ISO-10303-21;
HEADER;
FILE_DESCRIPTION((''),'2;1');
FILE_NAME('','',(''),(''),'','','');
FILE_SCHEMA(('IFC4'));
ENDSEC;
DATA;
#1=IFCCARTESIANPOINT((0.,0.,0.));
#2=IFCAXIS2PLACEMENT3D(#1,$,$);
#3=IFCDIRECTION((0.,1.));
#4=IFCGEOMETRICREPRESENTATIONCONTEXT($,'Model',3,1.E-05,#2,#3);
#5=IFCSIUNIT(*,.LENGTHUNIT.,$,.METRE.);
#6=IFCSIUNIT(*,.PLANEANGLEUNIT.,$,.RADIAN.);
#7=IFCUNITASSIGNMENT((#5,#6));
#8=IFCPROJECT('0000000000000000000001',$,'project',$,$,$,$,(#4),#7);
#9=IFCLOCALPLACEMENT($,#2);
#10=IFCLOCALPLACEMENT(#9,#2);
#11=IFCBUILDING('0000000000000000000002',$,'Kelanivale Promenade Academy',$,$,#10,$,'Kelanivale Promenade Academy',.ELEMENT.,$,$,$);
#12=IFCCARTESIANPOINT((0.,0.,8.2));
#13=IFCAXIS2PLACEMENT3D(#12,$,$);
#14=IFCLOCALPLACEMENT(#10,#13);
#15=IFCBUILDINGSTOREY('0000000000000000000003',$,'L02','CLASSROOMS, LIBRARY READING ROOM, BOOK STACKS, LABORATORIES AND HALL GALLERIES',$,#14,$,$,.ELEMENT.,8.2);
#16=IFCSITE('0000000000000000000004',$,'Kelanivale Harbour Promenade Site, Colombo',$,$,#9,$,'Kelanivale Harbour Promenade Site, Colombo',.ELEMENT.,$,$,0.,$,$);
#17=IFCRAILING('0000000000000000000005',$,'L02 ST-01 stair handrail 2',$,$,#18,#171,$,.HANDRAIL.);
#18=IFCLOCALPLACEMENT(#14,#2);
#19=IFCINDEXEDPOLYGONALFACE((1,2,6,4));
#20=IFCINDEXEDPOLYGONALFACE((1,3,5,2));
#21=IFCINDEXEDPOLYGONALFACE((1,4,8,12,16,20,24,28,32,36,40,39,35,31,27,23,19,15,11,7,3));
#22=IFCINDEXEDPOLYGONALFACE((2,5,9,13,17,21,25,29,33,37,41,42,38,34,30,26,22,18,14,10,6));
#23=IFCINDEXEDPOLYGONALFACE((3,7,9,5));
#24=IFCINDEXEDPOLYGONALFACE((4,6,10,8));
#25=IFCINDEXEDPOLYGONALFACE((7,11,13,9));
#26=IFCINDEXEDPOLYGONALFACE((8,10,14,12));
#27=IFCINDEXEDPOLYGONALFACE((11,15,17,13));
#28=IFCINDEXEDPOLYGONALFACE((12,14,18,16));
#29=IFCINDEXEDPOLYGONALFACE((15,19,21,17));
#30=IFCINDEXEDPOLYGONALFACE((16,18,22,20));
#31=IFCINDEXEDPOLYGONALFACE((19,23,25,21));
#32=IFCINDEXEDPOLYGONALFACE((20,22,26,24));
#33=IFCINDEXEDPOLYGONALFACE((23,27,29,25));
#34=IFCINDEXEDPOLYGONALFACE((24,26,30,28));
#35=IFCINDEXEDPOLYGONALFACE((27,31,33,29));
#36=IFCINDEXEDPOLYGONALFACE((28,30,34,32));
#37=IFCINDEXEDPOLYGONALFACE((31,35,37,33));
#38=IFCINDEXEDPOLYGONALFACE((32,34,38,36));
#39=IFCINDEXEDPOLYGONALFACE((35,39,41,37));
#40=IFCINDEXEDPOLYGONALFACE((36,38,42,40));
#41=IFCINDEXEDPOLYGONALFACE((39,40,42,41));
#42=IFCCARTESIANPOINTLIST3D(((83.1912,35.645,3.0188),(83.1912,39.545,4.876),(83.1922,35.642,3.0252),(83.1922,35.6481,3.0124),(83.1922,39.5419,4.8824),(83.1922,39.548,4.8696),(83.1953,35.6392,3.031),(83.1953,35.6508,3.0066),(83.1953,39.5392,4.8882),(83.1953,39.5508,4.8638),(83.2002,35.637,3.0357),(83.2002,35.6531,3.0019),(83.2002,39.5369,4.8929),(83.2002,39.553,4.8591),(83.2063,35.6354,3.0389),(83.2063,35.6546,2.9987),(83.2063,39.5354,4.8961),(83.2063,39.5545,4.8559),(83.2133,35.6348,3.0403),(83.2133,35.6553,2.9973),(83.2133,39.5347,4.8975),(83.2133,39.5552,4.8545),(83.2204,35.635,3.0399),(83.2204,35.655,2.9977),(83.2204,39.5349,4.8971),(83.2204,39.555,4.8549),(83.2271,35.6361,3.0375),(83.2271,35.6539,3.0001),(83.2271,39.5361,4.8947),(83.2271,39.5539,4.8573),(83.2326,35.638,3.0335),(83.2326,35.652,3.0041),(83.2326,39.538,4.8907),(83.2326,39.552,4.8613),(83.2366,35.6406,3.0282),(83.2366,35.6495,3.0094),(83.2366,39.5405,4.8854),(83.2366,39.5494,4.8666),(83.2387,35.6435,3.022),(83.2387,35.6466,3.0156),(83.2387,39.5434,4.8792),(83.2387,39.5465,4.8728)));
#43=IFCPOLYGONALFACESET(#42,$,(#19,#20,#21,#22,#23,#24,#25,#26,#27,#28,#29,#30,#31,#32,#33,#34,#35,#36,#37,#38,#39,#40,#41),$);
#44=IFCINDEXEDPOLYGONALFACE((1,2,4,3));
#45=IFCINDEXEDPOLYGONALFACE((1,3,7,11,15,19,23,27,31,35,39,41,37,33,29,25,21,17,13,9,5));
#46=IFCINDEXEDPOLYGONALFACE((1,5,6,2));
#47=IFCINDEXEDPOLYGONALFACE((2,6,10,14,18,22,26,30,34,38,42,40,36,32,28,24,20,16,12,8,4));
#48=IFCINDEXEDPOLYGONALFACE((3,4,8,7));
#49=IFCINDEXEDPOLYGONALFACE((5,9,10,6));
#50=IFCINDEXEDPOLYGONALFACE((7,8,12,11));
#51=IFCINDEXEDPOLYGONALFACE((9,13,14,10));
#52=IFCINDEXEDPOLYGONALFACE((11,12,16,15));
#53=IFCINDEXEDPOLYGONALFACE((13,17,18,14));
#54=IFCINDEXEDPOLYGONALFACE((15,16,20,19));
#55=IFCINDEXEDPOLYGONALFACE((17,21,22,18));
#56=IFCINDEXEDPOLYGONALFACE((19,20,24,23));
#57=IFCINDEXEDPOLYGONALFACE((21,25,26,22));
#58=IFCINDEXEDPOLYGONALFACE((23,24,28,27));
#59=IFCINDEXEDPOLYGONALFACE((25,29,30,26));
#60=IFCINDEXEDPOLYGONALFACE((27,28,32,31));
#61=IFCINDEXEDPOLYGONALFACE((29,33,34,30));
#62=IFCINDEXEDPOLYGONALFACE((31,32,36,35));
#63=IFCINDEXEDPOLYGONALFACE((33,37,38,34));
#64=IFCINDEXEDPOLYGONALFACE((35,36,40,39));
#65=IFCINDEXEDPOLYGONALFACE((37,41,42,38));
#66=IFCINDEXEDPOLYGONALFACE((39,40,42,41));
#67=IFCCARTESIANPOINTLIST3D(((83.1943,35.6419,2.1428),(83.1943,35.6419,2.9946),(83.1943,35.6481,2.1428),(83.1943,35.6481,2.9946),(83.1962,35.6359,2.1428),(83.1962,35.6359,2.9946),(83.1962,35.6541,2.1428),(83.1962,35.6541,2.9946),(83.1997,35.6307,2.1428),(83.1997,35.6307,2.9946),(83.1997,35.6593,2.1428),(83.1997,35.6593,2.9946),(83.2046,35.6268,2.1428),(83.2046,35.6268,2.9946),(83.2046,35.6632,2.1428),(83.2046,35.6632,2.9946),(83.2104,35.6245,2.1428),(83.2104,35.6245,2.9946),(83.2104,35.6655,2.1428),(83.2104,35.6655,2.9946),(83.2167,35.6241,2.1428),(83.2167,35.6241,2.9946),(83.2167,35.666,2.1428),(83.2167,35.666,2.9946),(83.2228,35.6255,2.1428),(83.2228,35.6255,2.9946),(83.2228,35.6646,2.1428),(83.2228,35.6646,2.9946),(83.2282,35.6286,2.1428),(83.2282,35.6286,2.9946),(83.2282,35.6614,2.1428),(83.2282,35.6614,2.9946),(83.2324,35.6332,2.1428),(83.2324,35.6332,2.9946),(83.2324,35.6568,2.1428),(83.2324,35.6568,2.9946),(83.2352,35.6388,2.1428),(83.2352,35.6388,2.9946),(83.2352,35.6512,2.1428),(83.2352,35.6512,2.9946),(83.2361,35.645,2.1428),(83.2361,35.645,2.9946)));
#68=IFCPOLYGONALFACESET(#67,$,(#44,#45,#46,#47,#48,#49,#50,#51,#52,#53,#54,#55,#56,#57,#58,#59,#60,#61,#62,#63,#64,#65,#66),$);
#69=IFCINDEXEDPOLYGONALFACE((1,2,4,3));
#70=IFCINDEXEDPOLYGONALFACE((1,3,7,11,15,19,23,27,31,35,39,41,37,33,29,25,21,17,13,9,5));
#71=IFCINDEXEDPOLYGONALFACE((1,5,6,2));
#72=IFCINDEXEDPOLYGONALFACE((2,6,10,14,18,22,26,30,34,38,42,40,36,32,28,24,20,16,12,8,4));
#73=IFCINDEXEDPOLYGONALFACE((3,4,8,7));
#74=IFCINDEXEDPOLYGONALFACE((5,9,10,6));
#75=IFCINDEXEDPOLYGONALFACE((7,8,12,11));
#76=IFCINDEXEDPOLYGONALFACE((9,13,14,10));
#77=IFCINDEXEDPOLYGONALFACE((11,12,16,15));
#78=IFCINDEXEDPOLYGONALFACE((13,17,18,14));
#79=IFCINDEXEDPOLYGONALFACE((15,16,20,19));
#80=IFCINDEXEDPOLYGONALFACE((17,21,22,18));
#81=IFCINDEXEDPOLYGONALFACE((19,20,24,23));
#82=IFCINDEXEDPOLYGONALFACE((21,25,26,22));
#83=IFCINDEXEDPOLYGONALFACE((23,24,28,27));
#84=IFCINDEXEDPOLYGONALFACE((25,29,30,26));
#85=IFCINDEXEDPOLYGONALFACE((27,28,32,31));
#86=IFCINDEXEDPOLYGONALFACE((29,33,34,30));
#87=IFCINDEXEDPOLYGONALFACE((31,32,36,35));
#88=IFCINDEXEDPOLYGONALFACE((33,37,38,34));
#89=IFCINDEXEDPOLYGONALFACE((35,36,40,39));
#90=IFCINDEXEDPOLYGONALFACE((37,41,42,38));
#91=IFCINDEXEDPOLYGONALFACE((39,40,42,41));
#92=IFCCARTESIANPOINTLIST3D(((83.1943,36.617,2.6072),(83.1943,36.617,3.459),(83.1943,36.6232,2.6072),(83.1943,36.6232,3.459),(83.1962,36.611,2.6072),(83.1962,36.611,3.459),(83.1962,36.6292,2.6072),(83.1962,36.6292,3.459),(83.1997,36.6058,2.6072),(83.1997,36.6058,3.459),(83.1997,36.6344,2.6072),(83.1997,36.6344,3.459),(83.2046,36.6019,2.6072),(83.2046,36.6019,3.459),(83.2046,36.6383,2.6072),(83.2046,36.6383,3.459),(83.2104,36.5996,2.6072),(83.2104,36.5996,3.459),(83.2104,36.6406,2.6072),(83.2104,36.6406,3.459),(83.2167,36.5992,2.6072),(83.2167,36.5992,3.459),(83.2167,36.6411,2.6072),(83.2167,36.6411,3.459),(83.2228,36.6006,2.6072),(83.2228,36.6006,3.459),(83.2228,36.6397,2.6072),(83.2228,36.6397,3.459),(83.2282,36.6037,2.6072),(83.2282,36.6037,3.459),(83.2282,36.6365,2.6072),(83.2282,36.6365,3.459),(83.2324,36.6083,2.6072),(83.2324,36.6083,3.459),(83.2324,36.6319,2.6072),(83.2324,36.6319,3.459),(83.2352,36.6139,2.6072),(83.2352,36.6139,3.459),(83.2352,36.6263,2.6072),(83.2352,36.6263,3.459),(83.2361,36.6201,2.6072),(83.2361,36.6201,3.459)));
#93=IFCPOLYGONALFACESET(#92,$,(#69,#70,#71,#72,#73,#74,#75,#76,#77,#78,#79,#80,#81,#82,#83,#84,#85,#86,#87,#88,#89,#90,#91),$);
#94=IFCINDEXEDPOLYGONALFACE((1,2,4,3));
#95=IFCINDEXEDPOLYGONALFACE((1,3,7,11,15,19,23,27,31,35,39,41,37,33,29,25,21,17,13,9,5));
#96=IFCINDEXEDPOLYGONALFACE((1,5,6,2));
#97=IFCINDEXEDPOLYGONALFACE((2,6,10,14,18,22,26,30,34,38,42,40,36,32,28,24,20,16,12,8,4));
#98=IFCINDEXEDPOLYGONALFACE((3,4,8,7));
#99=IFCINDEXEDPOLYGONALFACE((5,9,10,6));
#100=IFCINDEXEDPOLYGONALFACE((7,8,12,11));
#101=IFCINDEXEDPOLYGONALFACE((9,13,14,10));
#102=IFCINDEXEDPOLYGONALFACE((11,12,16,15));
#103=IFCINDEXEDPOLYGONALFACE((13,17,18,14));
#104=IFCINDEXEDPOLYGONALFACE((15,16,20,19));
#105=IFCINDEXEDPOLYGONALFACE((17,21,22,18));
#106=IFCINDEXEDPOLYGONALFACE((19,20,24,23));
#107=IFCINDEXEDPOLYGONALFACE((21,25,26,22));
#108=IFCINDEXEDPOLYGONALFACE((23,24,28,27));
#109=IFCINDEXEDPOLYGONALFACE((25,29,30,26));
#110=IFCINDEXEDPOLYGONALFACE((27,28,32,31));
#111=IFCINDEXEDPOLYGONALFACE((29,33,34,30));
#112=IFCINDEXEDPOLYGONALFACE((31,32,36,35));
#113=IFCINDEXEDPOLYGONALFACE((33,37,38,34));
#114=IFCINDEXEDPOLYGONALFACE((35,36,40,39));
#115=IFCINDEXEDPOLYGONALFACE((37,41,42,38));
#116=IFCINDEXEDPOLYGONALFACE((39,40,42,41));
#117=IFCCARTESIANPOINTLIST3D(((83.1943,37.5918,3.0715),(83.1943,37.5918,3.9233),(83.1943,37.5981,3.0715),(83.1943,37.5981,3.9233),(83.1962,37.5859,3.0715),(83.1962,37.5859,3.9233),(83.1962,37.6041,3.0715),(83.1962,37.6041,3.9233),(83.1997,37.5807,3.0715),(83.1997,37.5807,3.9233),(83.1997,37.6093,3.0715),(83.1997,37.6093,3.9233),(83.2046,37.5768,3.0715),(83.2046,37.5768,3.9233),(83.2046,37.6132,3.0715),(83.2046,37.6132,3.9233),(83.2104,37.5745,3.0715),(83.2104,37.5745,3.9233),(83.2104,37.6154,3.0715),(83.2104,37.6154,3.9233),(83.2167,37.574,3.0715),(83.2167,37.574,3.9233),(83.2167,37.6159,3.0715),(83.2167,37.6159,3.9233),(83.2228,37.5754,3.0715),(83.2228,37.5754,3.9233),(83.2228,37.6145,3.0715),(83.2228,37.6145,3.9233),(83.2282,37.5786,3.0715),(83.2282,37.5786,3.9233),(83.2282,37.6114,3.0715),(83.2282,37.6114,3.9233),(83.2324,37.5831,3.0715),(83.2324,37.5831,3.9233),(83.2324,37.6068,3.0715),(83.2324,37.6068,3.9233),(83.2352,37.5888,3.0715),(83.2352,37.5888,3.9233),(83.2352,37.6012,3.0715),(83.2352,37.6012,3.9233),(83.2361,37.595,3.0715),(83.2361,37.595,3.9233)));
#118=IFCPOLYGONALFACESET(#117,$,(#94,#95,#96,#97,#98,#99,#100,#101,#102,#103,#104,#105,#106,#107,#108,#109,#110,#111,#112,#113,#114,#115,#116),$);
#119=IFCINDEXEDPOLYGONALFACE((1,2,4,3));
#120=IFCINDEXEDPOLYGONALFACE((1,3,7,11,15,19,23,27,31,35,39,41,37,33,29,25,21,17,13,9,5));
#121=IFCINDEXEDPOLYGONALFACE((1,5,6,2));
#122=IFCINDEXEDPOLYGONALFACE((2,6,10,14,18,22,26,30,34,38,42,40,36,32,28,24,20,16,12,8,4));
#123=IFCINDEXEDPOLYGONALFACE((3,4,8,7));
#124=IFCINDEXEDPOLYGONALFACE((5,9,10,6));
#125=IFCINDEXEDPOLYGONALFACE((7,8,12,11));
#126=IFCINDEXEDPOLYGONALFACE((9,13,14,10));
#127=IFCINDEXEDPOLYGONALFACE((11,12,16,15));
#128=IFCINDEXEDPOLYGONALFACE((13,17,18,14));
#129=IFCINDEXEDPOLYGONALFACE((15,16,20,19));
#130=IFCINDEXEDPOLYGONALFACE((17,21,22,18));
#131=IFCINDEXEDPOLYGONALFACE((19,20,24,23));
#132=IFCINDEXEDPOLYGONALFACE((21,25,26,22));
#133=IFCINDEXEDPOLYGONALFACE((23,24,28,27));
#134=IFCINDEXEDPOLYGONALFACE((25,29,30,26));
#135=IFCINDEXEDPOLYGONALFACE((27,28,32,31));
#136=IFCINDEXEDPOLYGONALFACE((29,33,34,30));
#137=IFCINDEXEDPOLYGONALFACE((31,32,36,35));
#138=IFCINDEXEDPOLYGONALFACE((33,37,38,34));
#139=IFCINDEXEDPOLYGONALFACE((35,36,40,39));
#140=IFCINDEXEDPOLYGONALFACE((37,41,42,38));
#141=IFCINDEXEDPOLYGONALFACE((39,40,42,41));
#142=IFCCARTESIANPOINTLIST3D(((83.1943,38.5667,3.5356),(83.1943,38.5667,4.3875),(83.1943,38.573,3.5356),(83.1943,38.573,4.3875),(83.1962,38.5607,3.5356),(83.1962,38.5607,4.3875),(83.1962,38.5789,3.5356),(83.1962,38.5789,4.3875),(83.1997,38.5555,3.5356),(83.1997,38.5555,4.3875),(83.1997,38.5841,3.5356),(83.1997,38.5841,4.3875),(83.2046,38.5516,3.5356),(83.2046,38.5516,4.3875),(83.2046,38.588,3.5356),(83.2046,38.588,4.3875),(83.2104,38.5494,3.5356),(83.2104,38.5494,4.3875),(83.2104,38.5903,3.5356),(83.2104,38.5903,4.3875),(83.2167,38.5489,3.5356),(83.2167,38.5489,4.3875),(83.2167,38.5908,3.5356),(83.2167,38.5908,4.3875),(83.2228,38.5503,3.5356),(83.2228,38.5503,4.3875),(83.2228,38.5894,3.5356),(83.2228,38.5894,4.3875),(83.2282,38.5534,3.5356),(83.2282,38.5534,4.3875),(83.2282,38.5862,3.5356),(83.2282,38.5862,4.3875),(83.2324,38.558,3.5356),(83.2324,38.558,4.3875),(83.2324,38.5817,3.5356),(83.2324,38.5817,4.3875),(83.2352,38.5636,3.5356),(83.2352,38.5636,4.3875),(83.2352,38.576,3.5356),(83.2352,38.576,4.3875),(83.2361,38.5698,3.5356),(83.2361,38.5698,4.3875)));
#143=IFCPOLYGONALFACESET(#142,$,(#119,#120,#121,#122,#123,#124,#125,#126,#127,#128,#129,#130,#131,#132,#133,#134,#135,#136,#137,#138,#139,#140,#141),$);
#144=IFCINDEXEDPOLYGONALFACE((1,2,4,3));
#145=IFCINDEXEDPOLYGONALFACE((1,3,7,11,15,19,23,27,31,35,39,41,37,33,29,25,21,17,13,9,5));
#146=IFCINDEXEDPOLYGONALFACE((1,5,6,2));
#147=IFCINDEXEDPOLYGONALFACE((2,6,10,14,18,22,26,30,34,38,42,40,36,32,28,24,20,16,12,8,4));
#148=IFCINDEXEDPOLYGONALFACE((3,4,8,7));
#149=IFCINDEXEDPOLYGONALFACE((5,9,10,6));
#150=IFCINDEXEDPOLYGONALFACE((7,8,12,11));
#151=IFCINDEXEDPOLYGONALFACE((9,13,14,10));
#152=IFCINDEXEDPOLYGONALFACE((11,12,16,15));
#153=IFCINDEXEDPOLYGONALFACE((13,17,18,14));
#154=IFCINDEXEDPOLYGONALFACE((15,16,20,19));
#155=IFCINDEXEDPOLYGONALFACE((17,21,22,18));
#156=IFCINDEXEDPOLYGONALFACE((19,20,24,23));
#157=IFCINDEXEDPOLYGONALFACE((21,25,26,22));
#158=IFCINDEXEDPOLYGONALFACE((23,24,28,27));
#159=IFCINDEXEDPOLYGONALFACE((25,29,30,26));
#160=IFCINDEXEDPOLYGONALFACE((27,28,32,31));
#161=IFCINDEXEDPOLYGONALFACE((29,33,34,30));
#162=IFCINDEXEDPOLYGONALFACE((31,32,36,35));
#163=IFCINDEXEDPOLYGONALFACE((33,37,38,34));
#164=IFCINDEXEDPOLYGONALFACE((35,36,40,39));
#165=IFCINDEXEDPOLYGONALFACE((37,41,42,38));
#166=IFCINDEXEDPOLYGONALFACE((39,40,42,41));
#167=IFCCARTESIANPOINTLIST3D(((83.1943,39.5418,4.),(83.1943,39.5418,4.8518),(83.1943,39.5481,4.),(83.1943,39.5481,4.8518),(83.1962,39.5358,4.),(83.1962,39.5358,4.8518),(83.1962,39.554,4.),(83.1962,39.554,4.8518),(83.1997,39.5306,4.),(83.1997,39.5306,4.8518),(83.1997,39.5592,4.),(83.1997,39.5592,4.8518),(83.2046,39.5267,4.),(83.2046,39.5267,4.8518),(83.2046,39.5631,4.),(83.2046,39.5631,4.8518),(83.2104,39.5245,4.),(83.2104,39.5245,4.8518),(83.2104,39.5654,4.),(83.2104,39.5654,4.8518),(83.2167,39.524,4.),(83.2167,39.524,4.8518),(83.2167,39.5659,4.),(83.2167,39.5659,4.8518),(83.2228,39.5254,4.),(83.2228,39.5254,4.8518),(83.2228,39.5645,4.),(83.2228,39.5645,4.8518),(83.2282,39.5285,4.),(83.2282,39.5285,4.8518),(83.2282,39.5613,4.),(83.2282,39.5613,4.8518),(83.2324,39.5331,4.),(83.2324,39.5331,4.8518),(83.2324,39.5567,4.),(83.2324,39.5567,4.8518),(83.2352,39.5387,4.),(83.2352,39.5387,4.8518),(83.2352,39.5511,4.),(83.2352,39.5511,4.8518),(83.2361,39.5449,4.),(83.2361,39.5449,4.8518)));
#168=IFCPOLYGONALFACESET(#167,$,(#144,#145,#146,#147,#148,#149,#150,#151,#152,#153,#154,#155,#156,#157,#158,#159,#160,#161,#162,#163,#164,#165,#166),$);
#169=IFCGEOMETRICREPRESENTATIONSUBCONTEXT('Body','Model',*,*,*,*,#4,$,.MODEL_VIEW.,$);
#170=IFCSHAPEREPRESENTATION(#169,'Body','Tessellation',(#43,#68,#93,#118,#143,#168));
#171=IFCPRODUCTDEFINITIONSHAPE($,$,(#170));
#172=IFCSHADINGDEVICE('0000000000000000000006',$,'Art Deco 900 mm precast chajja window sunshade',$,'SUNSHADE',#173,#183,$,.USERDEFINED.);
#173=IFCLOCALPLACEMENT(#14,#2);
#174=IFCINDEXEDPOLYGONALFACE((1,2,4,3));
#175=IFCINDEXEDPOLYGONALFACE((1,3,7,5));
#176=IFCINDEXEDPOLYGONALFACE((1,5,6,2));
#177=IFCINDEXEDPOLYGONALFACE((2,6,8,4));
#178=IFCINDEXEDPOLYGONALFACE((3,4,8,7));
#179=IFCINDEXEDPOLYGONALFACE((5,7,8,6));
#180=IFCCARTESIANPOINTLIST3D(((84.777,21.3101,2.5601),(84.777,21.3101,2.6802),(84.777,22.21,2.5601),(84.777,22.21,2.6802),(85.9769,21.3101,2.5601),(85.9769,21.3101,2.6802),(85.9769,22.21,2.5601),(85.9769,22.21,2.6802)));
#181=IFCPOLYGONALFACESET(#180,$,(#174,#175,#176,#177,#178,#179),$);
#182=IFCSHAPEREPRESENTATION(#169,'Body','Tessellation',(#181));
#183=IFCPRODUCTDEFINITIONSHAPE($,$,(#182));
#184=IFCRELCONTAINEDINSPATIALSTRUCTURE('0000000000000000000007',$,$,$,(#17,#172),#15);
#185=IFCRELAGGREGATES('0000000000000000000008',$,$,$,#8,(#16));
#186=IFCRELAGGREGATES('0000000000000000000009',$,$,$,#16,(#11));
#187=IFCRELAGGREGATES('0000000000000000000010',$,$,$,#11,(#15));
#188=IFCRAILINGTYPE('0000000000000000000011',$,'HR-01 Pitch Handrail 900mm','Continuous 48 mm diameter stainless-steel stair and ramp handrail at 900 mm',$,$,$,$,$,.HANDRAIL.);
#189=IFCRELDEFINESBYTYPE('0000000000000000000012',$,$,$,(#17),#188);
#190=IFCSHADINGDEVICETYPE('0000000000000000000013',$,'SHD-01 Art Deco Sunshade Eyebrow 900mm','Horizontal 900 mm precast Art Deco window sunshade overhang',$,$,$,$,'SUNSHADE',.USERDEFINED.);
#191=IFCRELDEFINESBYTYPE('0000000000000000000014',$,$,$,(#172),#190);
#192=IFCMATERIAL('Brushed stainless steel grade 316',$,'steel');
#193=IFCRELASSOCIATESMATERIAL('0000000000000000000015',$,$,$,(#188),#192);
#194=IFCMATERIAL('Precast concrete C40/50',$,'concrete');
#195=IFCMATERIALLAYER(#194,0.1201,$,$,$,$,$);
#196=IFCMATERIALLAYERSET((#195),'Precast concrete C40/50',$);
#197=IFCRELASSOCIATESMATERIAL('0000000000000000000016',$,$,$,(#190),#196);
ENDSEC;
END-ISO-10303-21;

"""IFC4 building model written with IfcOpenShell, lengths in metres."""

from ifc_helpers import new_model, si_unit, direction, frame, origin, origin_2d, place, context, subcontext, project, spatial, rectangle, circle, extrude, material, layer, layer_set, type_object, element, save


model = new_model("IFC4")

# Units and contexts
model_context = context("Model", 3, precision=1e-05, world=origin(), true_north=direction((0.0, 1.0)))
body_context = subcontext(model_context, "Body", "Model", "MODEL_VIEW")
ifc_project = project(units=[si_unit("LENGTHUNIT", "METRE"), si_unit("PLANEANGLEUNIT", "RADIAN")], contexts=[model_context])

# Site, building, storey
site_placement = place(None, origin())
site = spatial("IfcSite", under=ifc_project, at=site_placement, Name="Kelanivale Harbour Promenade Site, Colombo", LongName="Kelanivale Harbour Promenade Site, Colombo", CompositionType="ELEMENT", RefElevation=0.0)
building_placement = place(site_placement, origin())
building = spatial("IfcBuilding", under=site, at=building_placement, Name="Kelanivale Promenade Academy", LongName="Kelanivale Promenade Academy", CompositionType="ELEMENT")
storey_placement = place(building_placement, frame((0.0, 0.0, 8.2)))
storey = spatial("IfcBuildingStorey", under=building, at=storey_placement, Name="L02", Description="CLASSROOMS, LIBRARY READING ROOM, BOOK STACKS, LABORATORIES AND HALL GALLERIES", CompositionType="ELEMENT", Elevation=8.2)

# Railing
ifc_material_1 = material(Name="Brushed stainless steel grade 316", Category="steel")
railing_type_1 = type_object("IfcRailingType", Name="HR-01 Pitch Handrail 900mm", Description="Continuous 48 mm diameter stainless-steel stair and ramp handrail at 900 mm", PredefinedType="HANDRAIL", material=ifc_material_1)
railing_1_placement = place(storey_placement, frame((83.2151, 35.645, 2.1428)))
element("IfcRailing", 1, at=railing_1_placement, inside=storey, type_object=railing_type_1, Name="L02 ST-01 stair handrail 2", PredefinedType="HANDRAIL", context=body_context, shape_type="SweptSolid", body=[
    extrude(circle(Radius=0.0239, at=origin_2d()), frame((0.0, 0.0, 0.876), z_axis=(0.0, 0.902853, 0.429949), x_axis=(-1.0, 0.0, 0.0)), (0.0, 0.0, 1.0), 4.3196),
    extrude(circle(Radius=0.021, at=origin_2d()), origin(), (0.0, 0.0, 1.0), 0.8518),
    extrude(circle(Radius=0.021, at=origin_2d()), frame((0.0, 0.9751, 0.4644)), (0.0, 0.0, 1.0), 0.8518),
    extrude(circle(Radius=0.021, at=origin_2d()), frame((0.0, 1.95, 0.9287)), (0.0, 0.0, 1.0), 0.8518),
    extrude(circle(Radius=0.021, at=origin_2d()), frame((0.0, 2.9248, 1.3928)), (0.0, 0.0, 1.0), 0.8518),
    extrude(circle(Radius=0.021, at=origin_2d()), frame((0.0, 3.8999, 1.8572)), (0.0, 0.0, 1.0), 0.8518),
])

# Shading device
ifc_material_2 = material(Name="Precast concrete C40/50", Category="concrete")
ifc_layer_1 = layer(ifc_material_2, 0.1201)
ifc_layer_set_1 = layer_set([ifc_layer_1], Name="Precast concrete C40/50")
shading_device_type = type_object("IfcShadingDeviceType", Name="SHD-01 Art Deco Sunshade Eyebrow 900mm", Description="Horizontal 900 mm precast Art Deco window sunshade overhang", ElementType="SUNSHADE", PredefinedType="USERDEFINED", material=ifc_layer_set_1)
shading_device_placement = place(storey_placement, frame((85.377, 21.76, 2.5601), z_axis=(0.0, 0.0, 1.0), x_axis=(1.0, 0.0, 0.0)))
element("IfcShadingDevice", 2, at=shading_device_placement, inside=storey, type_object=shading_device_type, Name="Art Deco 900 mm precast chajja window sunshade", ObjectType="SUNSHADE", PredefinedType="USERDEFINED", context=body_context, shape_type="SweptSolid", body=[
    extrude(rectangle(XDim=1.2, YDim=0.8999, at=origin_2d()), origin(), (0.0, 0.0, 1.0), 0.1201),
])

save(model, "model.ifc")
